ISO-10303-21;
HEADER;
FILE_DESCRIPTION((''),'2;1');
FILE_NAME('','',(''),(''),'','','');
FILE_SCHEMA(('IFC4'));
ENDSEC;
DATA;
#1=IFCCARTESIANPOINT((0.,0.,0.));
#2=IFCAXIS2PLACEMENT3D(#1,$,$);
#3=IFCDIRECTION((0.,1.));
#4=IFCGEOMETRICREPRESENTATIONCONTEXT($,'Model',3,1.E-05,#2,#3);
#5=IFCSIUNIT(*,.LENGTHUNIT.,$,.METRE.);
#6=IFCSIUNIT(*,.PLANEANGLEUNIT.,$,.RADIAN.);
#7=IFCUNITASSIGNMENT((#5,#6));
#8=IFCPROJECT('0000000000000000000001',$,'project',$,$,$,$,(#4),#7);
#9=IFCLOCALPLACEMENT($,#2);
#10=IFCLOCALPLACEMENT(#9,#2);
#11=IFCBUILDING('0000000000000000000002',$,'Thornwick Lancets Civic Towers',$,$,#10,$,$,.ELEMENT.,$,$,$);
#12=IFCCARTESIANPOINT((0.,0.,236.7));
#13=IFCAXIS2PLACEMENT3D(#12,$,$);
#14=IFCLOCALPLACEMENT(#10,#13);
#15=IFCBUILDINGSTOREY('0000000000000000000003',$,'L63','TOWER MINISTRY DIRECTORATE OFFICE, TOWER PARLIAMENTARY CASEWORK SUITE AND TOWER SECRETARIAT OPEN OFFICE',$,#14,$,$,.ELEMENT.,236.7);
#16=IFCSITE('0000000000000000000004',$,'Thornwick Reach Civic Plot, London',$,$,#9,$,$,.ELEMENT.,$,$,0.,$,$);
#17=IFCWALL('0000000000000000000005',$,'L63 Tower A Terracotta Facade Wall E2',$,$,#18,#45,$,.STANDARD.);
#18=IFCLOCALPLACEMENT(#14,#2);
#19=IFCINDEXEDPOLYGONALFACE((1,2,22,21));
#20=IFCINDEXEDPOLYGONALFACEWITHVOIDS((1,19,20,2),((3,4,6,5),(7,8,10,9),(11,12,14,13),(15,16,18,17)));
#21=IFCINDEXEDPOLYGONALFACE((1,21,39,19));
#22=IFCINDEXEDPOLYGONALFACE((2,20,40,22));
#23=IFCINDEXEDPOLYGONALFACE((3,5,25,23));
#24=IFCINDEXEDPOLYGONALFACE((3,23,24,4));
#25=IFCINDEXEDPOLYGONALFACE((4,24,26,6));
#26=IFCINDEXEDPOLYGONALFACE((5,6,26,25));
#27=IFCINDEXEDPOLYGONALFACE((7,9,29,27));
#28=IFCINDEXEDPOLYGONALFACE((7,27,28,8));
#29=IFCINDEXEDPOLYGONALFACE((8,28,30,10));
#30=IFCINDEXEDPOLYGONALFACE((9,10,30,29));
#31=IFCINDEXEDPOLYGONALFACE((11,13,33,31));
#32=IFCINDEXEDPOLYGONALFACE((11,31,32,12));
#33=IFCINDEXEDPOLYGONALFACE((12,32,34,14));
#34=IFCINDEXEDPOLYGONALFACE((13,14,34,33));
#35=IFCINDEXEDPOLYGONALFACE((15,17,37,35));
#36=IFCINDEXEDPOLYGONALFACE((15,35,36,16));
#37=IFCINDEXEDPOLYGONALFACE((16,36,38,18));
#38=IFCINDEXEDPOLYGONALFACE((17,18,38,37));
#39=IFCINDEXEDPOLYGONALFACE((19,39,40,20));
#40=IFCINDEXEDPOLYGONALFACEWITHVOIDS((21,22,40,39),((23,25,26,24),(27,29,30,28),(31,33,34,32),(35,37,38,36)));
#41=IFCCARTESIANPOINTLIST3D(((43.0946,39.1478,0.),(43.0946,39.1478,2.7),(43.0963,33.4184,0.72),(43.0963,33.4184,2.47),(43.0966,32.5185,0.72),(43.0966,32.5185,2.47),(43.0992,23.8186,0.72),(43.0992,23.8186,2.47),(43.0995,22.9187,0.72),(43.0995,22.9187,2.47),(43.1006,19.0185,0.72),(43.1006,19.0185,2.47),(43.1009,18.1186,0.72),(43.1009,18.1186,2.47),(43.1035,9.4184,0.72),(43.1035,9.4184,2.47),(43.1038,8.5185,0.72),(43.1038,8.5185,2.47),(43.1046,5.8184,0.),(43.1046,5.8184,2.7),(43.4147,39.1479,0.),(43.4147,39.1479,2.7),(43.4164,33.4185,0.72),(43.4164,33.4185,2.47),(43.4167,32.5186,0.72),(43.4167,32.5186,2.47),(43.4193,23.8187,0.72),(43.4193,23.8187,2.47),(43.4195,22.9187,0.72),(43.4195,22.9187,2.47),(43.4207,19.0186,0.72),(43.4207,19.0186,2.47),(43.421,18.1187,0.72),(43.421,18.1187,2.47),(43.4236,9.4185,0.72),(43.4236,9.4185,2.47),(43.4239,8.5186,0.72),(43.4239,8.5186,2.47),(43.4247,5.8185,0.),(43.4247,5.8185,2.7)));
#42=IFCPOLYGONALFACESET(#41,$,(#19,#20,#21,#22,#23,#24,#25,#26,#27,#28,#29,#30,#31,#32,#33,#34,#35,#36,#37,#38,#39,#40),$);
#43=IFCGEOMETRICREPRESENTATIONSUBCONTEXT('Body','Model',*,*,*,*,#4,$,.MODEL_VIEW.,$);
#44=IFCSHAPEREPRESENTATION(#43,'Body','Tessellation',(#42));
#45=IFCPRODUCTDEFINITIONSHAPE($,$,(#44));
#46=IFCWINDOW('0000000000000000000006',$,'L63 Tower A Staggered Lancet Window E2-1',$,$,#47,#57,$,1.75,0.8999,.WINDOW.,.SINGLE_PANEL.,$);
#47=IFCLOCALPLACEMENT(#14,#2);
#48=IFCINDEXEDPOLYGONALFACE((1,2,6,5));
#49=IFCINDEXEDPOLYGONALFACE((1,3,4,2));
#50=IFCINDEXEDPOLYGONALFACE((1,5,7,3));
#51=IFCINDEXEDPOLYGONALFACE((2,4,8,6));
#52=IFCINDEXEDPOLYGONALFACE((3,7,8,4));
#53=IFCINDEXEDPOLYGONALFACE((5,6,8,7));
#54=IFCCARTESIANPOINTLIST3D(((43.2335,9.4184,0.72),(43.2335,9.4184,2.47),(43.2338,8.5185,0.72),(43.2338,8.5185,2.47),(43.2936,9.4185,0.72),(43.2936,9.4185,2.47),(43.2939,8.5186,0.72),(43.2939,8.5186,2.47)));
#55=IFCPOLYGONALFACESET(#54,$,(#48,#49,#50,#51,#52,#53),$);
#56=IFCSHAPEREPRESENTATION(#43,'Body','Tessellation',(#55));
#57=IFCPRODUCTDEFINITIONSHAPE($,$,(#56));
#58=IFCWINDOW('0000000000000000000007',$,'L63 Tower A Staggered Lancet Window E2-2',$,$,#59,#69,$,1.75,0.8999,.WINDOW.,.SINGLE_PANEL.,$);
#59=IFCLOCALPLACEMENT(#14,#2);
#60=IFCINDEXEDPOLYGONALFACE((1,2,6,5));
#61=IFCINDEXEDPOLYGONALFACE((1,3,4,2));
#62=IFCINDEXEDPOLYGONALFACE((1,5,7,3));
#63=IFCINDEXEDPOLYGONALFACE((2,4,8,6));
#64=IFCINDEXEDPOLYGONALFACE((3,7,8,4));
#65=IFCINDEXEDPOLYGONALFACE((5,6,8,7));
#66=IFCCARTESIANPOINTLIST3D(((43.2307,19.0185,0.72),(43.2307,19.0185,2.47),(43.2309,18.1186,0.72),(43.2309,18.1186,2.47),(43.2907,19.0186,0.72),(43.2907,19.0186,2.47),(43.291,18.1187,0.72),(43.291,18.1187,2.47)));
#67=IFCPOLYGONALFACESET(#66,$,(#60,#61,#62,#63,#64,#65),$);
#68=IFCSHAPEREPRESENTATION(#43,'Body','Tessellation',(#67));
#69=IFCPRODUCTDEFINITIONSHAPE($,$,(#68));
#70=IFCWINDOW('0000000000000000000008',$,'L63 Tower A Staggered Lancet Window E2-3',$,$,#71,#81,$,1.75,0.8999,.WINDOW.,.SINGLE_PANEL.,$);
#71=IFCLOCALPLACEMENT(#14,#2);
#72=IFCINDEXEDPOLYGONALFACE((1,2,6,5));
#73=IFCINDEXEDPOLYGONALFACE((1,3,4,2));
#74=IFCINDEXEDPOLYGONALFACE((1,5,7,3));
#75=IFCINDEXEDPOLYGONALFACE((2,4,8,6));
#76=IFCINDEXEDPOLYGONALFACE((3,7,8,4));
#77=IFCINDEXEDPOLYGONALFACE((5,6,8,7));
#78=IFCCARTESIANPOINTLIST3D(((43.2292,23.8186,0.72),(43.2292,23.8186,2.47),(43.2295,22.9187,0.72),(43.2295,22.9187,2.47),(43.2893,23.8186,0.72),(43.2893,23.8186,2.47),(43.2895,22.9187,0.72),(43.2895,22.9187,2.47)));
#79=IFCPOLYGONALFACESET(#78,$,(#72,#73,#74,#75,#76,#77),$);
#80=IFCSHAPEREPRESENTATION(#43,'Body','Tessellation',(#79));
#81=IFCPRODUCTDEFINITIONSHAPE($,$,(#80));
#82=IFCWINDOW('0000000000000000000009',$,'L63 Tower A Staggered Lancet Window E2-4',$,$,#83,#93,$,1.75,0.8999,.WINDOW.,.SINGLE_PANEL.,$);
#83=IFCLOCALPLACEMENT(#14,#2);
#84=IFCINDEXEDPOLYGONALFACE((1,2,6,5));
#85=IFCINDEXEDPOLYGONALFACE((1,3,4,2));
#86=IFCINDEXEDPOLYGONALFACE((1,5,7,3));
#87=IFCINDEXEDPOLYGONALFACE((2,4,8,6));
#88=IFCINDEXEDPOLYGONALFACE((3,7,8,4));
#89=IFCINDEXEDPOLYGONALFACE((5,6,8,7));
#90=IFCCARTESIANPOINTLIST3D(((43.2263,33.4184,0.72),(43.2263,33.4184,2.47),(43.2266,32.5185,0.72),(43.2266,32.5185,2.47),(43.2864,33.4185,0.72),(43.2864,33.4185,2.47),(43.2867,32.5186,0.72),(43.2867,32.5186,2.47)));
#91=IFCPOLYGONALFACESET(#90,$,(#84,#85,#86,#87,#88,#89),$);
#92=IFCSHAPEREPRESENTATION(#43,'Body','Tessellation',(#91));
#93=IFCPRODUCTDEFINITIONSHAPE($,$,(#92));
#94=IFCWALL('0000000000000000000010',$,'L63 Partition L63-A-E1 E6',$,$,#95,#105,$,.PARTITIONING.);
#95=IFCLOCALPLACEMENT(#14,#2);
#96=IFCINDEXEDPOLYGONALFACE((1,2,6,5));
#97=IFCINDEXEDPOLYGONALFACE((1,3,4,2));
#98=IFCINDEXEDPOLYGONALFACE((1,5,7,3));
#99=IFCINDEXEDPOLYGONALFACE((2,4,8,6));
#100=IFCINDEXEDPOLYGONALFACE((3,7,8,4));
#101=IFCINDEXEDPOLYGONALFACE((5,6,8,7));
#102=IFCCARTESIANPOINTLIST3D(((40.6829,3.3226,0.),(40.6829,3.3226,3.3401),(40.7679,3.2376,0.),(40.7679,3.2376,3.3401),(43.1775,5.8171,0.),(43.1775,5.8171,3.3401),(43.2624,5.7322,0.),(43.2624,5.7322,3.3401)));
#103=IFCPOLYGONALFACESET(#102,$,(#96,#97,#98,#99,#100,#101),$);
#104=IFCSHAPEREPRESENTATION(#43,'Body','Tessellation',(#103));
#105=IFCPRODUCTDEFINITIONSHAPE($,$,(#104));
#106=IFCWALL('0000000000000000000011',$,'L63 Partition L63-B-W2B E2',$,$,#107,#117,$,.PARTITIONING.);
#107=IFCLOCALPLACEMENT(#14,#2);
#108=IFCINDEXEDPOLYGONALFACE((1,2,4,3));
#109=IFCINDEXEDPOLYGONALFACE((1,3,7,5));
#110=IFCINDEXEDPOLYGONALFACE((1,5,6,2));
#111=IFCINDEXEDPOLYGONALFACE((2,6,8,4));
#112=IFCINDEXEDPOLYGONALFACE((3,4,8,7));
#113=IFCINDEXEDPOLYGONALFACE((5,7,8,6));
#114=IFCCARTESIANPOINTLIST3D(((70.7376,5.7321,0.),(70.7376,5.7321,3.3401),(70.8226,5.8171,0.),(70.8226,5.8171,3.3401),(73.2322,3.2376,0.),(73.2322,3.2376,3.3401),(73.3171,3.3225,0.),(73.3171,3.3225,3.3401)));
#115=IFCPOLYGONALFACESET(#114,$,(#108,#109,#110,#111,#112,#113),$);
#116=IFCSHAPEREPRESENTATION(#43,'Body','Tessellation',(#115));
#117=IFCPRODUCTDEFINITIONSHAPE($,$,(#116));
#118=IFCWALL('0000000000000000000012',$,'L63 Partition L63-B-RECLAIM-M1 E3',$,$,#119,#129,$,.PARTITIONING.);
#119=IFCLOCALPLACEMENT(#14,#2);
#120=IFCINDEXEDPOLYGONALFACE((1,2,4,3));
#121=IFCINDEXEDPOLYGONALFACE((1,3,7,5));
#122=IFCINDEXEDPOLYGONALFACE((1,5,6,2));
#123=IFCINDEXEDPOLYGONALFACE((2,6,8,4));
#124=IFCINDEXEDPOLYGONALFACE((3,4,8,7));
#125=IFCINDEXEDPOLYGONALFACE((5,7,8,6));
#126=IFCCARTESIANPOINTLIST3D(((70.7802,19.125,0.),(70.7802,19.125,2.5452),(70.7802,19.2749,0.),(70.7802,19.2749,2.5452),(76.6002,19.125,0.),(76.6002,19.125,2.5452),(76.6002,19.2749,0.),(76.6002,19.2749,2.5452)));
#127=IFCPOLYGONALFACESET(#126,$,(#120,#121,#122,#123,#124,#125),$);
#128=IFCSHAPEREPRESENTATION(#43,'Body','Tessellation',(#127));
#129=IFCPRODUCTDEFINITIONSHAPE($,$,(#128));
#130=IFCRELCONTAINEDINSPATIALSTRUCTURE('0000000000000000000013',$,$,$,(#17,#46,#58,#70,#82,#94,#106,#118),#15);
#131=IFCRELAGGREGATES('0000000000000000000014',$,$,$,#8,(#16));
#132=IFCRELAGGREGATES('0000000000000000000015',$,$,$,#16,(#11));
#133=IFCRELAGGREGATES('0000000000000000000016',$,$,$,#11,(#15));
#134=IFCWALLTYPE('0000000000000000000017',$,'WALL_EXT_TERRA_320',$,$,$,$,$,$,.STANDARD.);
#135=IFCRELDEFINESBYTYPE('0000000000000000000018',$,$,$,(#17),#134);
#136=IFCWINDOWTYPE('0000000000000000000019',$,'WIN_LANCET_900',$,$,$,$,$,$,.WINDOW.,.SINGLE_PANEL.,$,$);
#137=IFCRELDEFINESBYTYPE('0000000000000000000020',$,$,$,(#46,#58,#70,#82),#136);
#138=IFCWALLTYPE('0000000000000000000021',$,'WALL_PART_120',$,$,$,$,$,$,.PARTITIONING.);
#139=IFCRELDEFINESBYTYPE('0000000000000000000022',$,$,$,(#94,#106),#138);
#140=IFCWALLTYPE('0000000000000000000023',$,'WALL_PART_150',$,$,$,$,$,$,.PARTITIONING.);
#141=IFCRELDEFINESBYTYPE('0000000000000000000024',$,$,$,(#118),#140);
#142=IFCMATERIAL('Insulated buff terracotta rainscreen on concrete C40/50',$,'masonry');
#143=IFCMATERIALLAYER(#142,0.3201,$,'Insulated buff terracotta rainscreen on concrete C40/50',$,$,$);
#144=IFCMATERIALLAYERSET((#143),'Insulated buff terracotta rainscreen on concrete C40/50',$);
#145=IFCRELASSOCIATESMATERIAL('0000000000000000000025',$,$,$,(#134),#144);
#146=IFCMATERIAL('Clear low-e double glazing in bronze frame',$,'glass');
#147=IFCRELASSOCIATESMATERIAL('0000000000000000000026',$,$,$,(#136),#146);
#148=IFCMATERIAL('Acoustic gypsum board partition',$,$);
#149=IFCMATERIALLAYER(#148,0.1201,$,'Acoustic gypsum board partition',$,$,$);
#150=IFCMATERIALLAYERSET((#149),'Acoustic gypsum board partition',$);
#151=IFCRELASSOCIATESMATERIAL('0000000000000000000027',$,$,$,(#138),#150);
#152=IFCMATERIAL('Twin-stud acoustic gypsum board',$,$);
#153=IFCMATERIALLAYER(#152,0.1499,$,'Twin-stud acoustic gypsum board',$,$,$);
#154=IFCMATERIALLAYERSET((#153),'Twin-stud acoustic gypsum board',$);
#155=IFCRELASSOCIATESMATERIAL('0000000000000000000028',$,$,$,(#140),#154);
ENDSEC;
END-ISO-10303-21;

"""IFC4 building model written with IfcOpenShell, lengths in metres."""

from ifc_helpers import new_model, si_unit, direction, frame, frame_2d, origin, place, context, subcontext, project, spatial, rectangle, extrude, material, layer, layer_set, type_object, element, fill, save


model = new_model("IFC4")

# Units and contexts
model_context = context("Model", 3, precision=1e-05, world=origin(), true_north=direction((0.0, 1.0)))
body_context = subcontext(model_context, "Body", "Model", "MODEL_VIEW")
ifc_project = project(units=[si_unit("LENGTHUNIT", "METRE"), si_unit("PLANEANGLEUNIT", "RADIAN")], contexts=[model_context])

# Site, building, storey
site_placement = place(None, origin())
site = spatial("IfcSite", under=ifc_project, at=site_placement, Name="Thornwick Reach Civic Plot, London", CompositionType="ELEMENT", RefElevation=0.0)
building_placement = place(site_placement, origin())
building = spatial("IfcBuilding", under=site, at=building_placement, Name="Thornwick Lancets Civic Towers", CompositionType="ELEMENT")
storey_placement = place(building_placement, frame((0.0, 0.0, 236.7)))
storey = spatial("IfcBuildingStorey", under=building, at=storey_placement, Name="L63", Description="TOWER MINISTRY DIRECTORATE OFFICE, TOWER PARLIAMENTARY CASEWORK SUITE AND TOWER SECRETARIAT OPEN OFFICE", CompositionType="ELEMENT", Elevation=236.7)

# Wall, openings, windows
ifc_material_1 = material(Name="Insulated buff terracotta rainscreen on concrete C40/50", Category="masonry")
ifc_layer_1 = layer(ifc_material_1, 0.3201, Name="Insulated buff terracotta rainscreen on concrete C40/50")
ifc_layer_set_1 = layer_set([ifc_layer_1], Name="Insulated buff terracotta rainscreen on concrete C40/50")
wall_type_1 = type_object("IfcWallType", Name="WALL_EXT_TERRA_320", PredefinedType="STANDARD", material=ifc_layer_set_1)
wall_1_placement = place(storey_placement, frame((43.2646, 5.8186, 0.0), z_axis=(0.0, 0.0, 1.0), x_axis=(-0.0003, 1.0, 0.0)))
wall_1 = element("IfcWall", 1, at=wall_1_placement, inside=storey, type_object=wall_type_1, Name="L63 Tower A Terracotta Facade Wall E2", PredefinedType="STANDARD", context=body_context, shape_type="SweptSolid", body=[
    extrude(rectangle(XDim=33.3293, YDim=0.3201, at=frame_2d((16.6646, 0.0))), origin(), (0.0, 0.0, 1.0), 2.7),
])
opening_1_placement = place(wall_1_placement, frame((2.7, 0.0, 0.72)))
opening_1 = element("IfcOpeningElement", 2, at=opening_1_placement, cuts=wall_1, PredefinedType="OPENING", context=body_context, shape_type="SweptSolid", body=[
    extrude(rectangle(XDim=0.8999, YDim=1.75, at=frame_2d((0.45, 0.875))), frame((0.0, 0.1699, 0.0), z_axis=(0.0, -1.0, 0.0), x_axis=(1.0, 0.0, 0.0)), (0.0, 0.0, 1.0), 0.3401),
])
opening_2_placement = place(wall_1_placement, frame((12.3, 0.0, 0.72)))
opening_2 = element("IfcOpeningElement", 3, at=opening_2_placement, cuts=wall_1, PredefinedType="OPENING", context=body_context, shape_type="SweptSolid", body=[
    extrude(rectangle(XDim=0.8999, YDim=1.75, at=frame_2d((0.45, 0.875))), frame((0.0, 0.1699, 0.0), z_axis=(0.0, -1.0, 0.0), x_axis=(1.0, 0.0, 0.0)), (0.0, 0.0, 1.0), 0.3401),
])
opening_3_placement = place(wall_1_placement, frame((17.1001, 0.0, 0.72)))
opening_3 = element("IfcOpeningElement", 4, at=opening_3_placement, cuts=wall_1, PredefinedType="OPENING", context=body_context, shape_type="SweptSolid", body=[
    extrude(rectangle(XDim=0.8999, YDim=1.75, at=frame_2d((0.45, 0.875))), frame((0.0, 0.1699, 0.0), z_axis=(0.0, -1.0, 0.0), x_axis=(1.0, 0.0, 0.0)), (0.0, 0.0, 1.0), 0.3401),
])
opening_4_placement = place(wall_1_placement, frame((26.7, 0.0, 0.72)))
opening_4 = element("IfcOpeningElement", 5, at=opening_4_placement, cuts=wall_1, PredefinedType="OPENING", context=body_context, shape_type="SweptSolid", body=[
    extrude(rectangle(XDim=0.8999, YDim=1.75, at=frame_2d((0.45, 0.875))), frame((0.0, 0.1699, 0.0), z_axis=(0.0, -1.0, 0.0), x_axis=(1.0, 0.0, 0.0)), (0.0, 0.0, 1.0), 0.3401),
])
ifc_material_2 = material(Name="Clear low-e double glazing in bronze frame", Category="glass")
window_type = type_object("IfcWindowType", Name="WIN_LANCET_900", PartitioningType="SINGLE_PANEL", PredefinedType="WINDOW", material=ifc_material_2)
window_1_placement = place(opening_1_placement, origin())
window_1 = element("IfcWindow", 6, at=window_1_placement, inside=storey, type_object=window_type, Name="L63 Tower A Staggered Lancet Window E2-1", OverallHeight=1.75, OverallWidth=0.8999, PartitioningType="SINGLE_PANEL", PredefinedType="WINDOW", context=body_context, shape_type="SweptSolid", body=[
    extrude(rectangle(XDim=0.8999, YDim=1.75, at=frame_2d((0.45, 0.875))), frame((0.0, 0.03, 0.0), z_axis=(0.0, -1.0, 0.0), x_axis=(1.0, 0.0, 0.0)), (0.0, 0.0, 1.0), 0.0601),
])
fill(opening_1, window_1)
window_2_placement = place(opening_2_placement, origin())
window_2 = element("IfcWindow", 7, at=window_2_placement, inside=storey, type_object=window_type, Name="L63 Tower A Staggered Lancet Window E2-2", OverallHeight=1.75, OverallWidth=0.8999, PartitioningType="SINGLE_PANEL", PredefinedType="WINDOW", context=body_context, shape_type="SweptSolid", body=[
    extrude(rectangle(XDim=0.8999, YDim=1.75, at=frame_2d((0.45, 0.875))), frame((0.0, 0.03, 0.0), z_axis=(0.0, -1.0, 0.0), x_axis=(1.0, 0.0, 0.0)), (0.0, 0.0, 1.0), 0.0601),
])
fill(opening_2, window_2)
window_3_placement = place(opening_3_placement, origin())
window_3 = element("IfcWindow", 8, at=window_3_placement, inside=storey, type_object=window_type, Name="L63 Tower A Staggered Lancet Window E2-3", OverallHeight=1.75, OverallWidth=0.8999, PartitioningType="SINGLE_PANEL", PredefinedType="WINDOW", context=body_context, shape_type="SweptSolid", body=[
    extrude(rectangle(XDim=0.8999, YDim=1.75, at=frame_2d((0.45, 0.875))), frame((0.0, 0.03, 0.0), z_axis=(0.0, -1.0, 0.0), x_axis=(1.0, 0.0, 0.0)), (0.0, 0.0, 1.0), 0.0601),
])
fill(opening_3, window_3)
window_4_placement = place(opening_4_placement, origin())
window_4 = element("IfcWindow", 9, at=window_4_placement, inside=storey, type_object=window_type, Name="L63 Tower A Staggered Lancet Window E2-4", OverallHeight=1.75, OverallWidth=0.8999, PartitioningType="SINGLE_PANEL", PredefinedType="WINDOW", context=body_context, shape_type="SweptSolid", body=[
    extrude(rectangle(XDim=0.8999, YDim=1.75, at=frame_2d((0.45, 0.875))), frame((0.0, 0.03, 0.0), z_axis=(0.0, -1.0, 0.0), x_axis=(1.0, 0.0, 0.0)), (0.0, 0.0, 1.0), 0.0601),
])
fill(opening_4, window_4)

# Walls
ifc_material_3 = material(Name="Acoustic gypsum board partition")
ifc_layer_2 = layer(ifc_material_3, 0.1201, Name="Acoustic gypsum board partition")
ifc_layer_set_2 = layer_set([ifc_layer_2], Name="Acoustic gypsum board partition")
wall_type_2 = type_object("IfcWallType", Name="WALL_PART_120", PredefinedType="PARTITIONING", material=ifc_layer_set_2)
for number, where, z_axis, x_axis, name in (
    (10, (43.22, 5.7747, 0.0), (0.0, 0.0, 1.0), (-0.707107, -0.707107, 0.0), "L63 Partition L63-A-E1 E6"),
    (11, (73.2747, 3.28, 0.0), (0.0, 0.0, 1.0), (-0.707107, 0.707107, 0.0), "L63 Partition L63-B-W2B E2"),
):
    element("IfcWall", number, at=place(storey_placement, frame(where, z_axis=z_axis, x_axis=x_axis)), inside=storey, type_object=wall_type_2, Name=name, PredefinedType="PARTITIONING", context=body_context, shape_type="SweptSolid", body=[
        extrude(rectangle(XDim=3.5278, YDim=0.1201, at=frame_2d((1.7639, 0.0))), origin(), (0.0, 0.0, 1.0), 3.3401),
    ])
ifc_material_4 = material(Name="Twin-stud acoustic gypsum board")
ifc_layer_3 = layer(ifc_material_4, 0.1499, Name="Twin-stud acoustic gypsum board")
ifc_layer_set_3 = layer_set([ifc_layer_3], Name="Twin-stud acoustic gypsum board")
wall_type_3 = type_object("IfcWallType", Name="WALL_PART_150", PredefinedType="PARTITIONING", material=ifc_layer_set_3)
wall_2_placement = place(storey_placement, frame((70.78, 19.2, 0.0), z_axis=(0.0, 0.0, 1.0), x_axis=(1.0, 0.0, 0.0)))
element("IfcWall", 12, at=wall_2_placement, inside=storey, type_object=wall_type_3, Name="L63 Partition L63-B-RECLAIM-M1 E3", PredefinedType="PARTITIONING", context=body_context, shape_type="SweptSolid", body=[
    extrude(rectangle(XDim=5.8201, YDim=0.1499, at=frame_2d((2.9102, 0.0))), origin(), (0.0, 0.0, 1.0), 2.5452),
])

save(model, "model.ifc")
